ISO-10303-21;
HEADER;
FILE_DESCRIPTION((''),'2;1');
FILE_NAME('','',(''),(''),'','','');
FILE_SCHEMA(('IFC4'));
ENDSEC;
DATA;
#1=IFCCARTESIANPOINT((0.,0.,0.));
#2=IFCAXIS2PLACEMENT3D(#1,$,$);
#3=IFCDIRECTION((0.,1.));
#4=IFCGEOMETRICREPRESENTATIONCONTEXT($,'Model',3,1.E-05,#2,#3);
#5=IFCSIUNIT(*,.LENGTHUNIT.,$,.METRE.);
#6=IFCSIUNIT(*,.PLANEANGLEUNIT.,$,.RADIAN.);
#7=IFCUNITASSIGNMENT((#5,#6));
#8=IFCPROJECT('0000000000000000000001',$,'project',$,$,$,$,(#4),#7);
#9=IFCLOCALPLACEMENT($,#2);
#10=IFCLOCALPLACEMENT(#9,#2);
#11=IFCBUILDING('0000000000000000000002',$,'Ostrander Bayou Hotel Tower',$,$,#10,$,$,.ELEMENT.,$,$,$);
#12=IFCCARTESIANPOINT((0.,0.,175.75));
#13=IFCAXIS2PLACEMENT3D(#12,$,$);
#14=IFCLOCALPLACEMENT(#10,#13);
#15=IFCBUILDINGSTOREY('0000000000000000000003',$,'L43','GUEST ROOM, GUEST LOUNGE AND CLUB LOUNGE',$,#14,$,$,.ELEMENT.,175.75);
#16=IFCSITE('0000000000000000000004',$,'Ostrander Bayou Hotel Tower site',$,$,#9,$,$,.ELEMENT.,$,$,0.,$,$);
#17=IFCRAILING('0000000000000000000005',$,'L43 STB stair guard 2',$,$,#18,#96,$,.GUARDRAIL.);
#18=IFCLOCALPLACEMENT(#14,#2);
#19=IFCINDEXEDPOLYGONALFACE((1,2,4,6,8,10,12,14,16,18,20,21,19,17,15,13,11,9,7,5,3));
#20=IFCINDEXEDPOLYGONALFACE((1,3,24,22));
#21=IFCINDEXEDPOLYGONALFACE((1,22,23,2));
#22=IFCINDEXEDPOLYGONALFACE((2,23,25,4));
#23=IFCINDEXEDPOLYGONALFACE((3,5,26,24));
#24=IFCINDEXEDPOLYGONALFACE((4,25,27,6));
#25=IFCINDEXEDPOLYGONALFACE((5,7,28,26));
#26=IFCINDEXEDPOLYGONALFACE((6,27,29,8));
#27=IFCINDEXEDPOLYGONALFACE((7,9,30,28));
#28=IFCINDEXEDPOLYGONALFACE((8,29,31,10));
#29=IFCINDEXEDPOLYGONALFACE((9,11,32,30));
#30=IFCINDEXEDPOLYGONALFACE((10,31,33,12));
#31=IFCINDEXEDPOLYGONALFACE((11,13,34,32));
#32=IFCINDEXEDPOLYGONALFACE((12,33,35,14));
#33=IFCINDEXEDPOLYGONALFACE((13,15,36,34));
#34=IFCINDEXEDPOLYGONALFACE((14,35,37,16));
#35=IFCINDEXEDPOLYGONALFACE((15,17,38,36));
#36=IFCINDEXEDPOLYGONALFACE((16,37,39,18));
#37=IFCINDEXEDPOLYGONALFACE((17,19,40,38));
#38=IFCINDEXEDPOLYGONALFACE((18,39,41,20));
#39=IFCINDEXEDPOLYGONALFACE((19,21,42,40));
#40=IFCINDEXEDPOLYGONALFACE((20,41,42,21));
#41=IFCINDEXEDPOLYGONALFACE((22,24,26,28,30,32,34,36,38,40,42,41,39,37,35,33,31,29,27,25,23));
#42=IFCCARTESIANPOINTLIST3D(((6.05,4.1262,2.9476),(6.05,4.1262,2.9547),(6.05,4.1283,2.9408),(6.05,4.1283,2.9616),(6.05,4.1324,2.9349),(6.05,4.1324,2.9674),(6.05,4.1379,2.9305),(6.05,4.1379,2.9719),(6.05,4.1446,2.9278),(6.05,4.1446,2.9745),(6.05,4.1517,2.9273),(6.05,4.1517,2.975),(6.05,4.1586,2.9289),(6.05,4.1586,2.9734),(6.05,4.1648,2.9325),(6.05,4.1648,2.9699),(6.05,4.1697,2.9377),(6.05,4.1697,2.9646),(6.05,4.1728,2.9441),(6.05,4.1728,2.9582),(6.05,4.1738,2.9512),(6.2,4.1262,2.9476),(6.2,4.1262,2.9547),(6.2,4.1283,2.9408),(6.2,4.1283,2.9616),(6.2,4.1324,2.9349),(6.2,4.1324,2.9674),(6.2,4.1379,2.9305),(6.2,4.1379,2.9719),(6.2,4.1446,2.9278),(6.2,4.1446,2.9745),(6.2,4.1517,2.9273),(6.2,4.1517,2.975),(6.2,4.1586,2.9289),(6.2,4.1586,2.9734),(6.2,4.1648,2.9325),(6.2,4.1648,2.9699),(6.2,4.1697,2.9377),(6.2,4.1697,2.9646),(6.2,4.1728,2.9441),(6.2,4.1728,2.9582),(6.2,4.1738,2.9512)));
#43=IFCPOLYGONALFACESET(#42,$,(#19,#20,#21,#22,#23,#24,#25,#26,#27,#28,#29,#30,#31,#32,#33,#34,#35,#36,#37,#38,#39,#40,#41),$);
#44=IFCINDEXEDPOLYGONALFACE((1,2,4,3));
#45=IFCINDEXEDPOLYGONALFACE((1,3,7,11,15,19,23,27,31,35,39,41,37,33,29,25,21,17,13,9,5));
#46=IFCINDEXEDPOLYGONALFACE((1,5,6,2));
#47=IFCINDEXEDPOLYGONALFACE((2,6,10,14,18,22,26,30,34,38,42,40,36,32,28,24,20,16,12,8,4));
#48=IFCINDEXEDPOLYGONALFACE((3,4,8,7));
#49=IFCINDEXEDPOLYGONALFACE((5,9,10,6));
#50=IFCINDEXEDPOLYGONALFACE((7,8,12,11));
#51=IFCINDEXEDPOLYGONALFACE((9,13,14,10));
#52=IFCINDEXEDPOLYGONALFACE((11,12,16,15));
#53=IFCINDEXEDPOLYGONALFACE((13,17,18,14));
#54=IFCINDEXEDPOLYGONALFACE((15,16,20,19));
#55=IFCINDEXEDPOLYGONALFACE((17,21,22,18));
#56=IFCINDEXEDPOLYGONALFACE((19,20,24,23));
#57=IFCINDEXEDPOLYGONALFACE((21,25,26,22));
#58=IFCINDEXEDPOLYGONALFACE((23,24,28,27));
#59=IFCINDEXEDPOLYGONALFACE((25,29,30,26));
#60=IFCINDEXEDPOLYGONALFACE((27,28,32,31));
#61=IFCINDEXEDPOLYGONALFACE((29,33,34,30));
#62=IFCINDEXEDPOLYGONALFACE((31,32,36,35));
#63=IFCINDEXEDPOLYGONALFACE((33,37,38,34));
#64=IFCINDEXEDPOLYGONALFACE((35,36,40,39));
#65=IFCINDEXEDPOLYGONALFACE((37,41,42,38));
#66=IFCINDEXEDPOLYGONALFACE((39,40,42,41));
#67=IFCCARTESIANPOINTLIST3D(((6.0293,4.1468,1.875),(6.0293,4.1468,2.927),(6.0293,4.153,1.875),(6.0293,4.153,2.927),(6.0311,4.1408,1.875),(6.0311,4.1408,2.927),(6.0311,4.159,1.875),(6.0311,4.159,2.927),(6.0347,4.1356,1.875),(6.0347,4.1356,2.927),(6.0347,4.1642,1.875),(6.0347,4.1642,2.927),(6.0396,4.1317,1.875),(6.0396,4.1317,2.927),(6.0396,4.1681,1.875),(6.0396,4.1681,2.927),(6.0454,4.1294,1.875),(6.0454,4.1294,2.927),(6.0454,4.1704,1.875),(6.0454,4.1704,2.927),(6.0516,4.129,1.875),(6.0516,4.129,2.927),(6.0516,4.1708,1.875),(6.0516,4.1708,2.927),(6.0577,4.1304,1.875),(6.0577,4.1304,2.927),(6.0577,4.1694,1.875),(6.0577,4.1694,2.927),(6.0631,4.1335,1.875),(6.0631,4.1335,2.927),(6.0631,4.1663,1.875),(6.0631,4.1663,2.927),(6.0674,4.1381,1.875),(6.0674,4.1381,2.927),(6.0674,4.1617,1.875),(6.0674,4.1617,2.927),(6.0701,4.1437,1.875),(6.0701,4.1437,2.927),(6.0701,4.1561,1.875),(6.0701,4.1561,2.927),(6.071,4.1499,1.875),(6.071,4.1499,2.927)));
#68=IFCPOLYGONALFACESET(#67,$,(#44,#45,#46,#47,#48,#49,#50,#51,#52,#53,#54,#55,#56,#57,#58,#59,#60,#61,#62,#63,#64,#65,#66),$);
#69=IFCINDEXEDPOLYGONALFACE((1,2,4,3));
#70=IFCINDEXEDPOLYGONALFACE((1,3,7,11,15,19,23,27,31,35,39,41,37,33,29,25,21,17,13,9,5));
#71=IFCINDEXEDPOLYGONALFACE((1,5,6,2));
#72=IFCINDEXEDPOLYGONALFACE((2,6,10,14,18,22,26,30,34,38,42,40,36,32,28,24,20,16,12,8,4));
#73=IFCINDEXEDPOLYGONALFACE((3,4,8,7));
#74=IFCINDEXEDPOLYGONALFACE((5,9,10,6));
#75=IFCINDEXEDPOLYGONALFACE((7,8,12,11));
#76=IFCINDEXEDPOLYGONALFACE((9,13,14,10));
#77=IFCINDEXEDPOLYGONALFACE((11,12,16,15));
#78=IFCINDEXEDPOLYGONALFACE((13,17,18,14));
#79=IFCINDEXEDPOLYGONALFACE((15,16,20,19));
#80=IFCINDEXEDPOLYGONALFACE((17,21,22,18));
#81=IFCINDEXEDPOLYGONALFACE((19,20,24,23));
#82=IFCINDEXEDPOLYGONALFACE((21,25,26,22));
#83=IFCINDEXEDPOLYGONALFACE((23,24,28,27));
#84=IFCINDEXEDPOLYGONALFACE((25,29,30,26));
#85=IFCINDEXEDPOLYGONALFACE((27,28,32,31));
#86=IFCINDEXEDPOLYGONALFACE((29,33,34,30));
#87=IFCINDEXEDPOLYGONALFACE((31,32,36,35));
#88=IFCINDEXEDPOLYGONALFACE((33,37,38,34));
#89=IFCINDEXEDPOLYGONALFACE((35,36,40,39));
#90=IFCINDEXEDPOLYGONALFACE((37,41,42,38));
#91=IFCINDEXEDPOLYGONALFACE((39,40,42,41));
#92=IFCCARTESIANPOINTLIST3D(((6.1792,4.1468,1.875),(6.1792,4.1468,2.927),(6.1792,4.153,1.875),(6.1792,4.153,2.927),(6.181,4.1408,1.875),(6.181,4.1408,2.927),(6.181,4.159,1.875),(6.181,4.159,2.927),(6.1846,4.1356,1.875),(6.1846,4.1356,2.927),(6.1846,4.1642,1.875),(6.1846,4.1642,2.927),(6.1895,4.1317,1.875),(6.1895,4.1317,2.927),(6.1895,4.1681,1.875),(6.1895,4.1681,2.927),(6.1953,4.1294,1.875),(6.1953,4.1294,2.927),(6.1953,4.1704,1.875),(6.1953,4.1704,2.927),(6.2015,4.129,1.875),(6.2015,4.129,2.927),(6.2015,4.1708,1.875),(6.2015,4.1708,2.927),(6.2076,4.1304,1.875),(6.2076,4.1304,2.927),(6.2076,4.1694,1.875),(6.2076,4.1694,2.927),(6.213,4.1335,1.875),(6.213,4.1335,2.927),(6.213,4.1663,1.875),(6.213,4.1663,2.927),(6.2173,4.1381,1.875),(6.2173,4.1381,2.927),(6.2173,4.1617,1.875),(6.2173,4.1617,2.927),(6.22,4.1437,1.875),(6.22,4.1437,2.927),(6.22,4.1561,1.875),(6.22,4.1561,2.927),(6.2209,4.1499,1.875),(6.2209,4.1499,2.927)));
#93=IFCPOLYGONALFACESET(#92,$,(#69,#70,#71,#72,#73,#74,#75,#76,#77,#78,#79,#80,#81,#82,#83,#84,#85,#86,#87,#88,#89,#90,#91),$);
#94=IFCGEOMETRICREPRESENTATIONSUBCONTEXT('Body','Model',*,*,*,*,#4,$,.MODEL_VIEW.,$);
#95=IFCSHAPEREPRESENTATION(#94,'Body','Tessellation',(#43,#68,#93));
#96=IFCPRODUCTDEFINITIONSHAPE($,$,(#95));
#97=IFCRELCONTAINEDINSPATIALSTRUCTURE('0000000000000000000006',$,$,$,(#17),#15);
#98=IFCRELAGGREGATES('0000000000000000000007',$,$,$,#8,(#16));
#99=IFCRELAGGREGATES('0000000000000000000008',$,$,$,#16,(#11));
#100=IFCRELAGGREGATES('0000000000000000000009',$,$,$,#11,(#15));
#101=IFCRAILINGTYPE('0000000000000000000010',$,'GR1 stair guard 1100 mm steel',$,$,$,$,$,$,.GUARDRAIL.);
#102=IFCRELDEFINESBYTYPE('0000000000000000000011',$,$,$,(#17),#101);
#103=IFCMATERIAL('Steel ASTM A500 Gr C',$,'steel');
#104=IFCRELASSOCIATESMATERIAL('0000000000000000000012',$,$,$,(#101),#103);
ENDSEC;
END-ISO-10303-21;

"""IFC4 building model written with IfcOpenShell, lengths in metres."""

from ifc_helpers import new_model, si_unit, direction, frame, origin, origin_2d, place, context, subcontext, project, spatial, circle, extrude, material, type_object, element, save


model = new_model("IFC4")

# Units and contexts
model_context = context("Model", 3, precision=1e-05, world=origin(), true_north=direction((0.0, 1.0)))
body_context = subcontext(model_context, "Body", "Model", "MODEL_VIEW")
ifc_project = project(units=[si_unit("LENGTHUNIT", "METRE"), si_unit("PLANEANGLEUNIT", "RADIAN")], contexts=[model_context])

# Site, building, storey
site_placement = place(None, origin())
site = spatial("IfcSite", under=ifc_project, at=site_placement, Name="Ostrander Bayou Hotel Tower site", CompositionType="ELEMENT", RefElevation=0.0)
building_placement = place(site_placement, origin())
building = spatial("IfcBuilding", under=site, at=building_placement, Name="Ostrander Bayou Hotel Tower", CompositionType="ELEMENT")
storey_placement = place(building_placement, frame((0.0, 0.0, 175.75)))
storey = spatial("IfcBuildingStorey", under=building, at=storey_placement, Name="L43", Description="GUEST ROOM, GUEST LOUNGE AND CLUB LOUNGE", CompositionType="ELEMENT", Elevation=175.75)

# Railing
ifc_material_1 = material(Name="Steel ASTM A500 Gr C", Category="steel")
railing_type = type_object("IfcRailingType", Name="GR1 stair guard 1100 mm steel", PredefinedType="GUARDRAIL", material=ifc_material_1)
railing_1_placement = place(storey_placement, frame((6.05, 4.1499, 1.875)))
element("IfcRailing", 1, at=railing_1_placement, inside=storey, type_object=railing_type, Name="L43 STB stair guard 2", PredefinedType="GUARDRAIL", context=body_context, shape_type="SweptSolid", body=[
    extrude(circle(Radius=0.0239, at=origin_2d()), frame((0.0, 0.0, 1.0762), z_axis=(1.0, 0.0, 0.0), x_axis=(0.0, 1.0, 0.0)), (0.0, 0.0, 1.0), 0.1499),
    extrude(circle(Radius=0.021, at=origin_2d()), origin(), (0.0, 0.0, 1.0), 1.052),
    extrude(circle(Radius=0.021, at=origin_2d()), frame((0.1499, 0.0, 0.0)), (0.0, 0.0, 1.0), 1.052),
])

save(model, "model.ifc")
